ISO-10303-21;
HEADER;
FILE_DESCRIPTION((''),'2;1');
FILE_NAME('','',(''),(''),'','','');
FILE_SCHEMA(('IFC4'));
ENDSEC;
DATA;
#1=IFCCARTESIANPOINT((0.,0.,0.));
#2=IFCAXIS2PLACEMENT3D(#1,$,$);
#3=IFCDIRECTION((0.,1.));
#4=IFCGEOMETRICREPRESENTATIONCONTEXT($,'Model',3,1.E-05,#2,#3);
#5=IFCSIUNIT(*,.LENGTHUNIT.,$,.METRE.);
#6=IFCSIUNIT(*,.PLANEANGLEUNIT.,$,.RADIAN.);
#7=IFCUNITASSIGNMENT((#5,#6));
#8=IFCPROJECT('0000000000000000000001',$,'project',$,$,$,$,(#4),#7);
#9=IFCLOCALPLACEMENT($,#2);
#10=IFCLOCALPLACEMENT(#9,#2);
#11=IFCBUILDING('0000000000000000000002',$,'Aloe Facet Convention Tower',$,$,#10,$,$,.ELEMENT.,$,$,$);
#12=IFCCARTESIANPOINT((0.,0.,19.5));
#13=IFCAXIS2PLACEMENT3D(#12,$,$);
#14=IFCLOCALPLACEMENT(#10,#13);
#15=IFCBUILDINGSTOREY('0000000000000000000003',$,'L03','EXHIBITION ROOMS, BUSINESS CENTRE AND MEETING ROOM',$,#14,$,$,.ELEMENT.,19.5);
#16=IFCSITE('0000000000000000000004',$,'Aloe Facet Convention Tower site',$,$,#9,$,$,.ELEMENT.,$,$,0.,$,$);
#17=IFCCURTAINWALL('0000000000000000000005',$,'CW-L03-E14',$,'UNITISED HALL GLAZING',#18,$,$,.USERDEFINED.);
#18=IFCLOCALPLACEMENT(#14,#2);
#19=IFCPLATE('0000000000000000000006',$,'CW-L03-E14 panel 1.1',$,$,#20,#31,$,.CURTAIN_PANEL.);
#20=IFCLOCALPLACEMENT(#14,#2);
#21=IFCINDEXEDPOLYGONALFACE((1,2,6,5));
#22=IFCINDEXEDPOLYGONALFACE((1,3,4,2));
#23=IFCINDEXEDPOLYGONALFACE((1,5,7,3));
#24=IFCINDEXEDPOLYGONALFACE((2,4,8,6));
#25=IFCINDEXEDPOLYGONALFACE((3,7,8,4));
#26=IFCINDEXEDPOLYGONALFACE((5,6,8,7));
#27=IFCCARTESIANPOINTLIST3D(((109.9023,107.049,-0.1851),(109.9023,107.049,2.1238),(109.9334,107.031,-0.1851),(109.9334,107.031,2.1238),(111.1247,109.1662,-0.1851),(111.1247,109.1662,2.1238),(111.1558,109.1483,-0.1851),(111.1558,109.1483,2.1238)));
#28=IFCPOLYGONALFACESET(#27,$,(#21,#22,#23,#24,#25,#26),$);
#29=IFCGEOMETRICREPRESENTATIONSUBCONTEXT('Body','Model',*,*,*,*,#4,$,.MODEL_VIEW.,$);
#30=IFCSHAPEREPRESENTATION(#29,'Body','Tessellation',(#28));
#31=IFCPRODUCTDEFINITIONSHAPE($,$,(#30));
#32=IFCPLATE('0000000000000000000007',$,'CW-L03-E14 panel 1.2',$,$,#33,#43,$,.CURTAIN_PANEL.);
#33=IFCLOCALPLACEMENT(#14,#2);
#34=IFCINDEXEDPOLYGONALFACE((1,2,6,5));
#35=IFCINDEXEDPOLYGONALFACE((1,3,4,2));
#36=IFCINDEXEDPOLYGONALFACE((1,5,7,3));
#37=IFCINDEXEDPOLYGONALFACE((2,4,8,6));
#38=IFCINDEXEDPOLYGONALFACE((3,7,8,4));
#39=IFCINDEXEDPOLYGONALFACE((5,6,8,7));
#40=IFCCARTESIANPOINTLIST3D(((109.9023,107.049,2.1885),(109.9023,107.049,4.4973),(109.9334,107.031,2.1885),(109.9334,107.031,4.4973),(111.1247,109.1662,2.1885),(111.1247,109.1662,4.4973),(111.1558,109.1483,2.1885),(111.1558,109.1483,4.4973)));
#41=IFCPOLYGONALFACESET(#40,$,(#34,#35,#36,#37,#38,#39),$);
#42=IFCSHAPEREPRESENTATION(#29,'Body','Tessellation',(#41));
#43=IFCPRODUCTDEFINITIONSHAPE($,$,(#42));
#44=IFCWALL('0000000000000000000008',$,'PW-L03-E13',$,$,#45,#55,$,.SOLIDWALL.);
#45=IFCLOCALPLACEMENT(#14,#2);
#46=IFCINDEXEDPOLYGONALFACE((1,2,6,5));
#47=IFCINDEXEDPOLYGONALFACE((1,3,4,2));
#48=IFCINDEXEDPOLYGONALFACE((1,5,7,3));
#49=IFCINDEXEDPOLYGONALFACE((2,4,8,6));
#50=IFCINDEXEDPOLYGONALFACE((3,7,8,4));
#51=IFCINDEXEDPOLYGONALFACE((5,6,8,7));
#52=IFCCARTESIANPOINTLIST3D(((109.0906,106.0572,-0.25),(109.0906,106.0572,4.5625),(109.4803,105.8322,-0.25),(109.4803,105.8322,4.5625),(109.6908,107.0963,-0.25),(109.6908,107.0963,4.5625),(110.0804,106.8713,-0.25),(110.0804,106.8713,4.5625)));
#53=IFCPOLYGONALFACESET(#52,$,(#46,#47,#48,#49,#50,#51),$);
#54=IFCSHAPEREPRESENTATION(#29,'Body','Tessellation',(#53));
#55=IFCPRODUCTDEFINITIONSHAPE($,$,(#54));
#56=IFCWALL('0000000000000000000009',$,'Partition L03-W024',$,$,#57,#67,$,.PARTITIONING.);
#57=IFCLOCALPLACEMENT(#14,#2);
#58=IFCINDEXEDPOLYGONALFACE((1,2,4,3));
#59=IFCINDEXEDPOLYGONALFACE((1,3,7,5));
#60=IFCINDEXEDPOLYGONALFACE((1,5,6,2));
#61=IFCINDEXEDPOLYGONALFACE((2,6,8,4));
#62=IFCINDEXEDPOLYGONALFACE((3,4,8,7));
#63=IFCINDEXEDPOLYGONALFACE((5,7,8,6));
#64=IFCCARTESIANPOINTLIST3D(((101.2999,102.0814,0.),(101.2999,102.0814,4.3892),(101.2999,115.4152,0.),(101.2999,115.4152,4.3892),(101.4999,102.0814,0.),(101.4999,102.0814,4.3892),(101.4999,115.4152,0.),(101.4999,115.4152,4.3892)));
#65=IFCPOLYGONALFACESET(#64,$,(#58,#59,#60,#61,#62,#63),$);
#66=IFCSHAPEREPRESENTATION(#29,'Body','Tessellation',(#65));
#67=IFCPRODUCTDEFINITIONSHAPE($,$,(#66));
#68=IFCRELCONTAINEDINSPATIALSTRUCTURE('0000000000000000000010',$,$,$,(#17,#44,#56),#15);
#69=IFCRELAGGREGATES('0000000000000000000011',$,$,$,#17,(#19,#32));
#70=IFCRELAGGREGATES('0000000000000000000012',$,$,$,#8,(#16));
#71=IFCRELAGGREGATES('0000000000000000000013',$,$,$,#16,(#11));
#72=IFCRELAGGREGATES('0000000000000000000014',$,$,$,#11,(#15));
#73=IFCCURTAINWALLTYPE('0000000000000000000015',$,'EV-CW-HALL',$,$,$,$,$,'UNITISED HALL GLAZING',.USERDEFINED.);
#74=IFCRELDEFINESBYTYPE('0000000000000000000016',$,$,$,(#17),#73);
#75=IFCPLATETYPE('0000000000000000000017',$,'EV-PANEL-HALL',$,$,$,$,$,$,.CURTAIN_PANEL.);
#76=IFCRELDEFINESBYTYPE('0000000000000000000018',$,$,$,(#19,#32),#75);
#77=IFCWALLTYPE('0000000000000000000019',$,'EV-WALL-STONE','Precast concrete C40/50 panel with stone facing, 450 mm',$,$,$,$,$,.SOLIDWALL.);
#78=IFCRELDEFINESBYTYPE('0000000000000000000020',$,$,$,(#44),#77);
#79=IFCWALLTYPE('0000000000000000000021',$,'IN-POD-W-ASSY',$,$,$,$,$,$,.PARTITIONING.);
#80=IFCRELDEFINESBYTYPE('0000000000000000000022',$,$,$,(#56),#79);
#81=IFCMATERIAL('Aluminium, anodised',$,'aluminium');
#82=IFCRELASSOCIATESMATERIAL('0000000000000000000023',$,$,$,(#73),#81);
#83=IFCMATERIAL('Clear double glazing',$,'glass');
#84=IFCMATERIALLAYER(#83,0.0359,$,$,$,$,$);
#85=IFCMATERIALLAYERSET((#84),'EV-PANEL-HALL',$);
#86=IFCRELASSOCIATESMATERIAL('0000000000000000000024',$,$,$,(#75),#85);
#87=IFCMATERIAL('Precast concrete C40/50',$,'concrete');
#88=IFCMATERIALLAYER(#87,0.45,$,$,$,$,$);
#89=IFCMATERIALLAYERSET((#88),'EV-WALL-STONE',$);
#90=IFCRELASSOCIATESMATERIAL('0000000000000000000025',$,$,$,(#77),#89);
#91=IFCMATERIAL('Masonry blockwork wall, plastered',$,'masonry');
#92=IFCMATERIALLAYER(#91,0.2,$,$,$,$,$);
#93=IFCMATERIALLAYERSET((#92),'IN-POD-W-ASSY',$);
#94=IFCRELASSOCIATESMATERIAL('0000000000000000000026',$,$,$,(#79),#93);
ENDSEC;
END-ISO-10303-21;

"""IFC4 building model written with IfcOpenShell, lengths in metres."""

from ifc_helpers import new_model, si_unit, direction, frame, frame_2d, origin, origin_2d, place, context, subcontext, project, spatial, rectangle, extrude, material, layer, layer_set, type_object, element, aggregate, save


model = new_model("IFC4")

# Units and contexts
model_context = context("Model", 3, precision=1e-05, world=origin(), true_north=direction((0.0, 1.0)))
body_context = subcontext(model_context, "Body", "Model", "MODEL_VIEW")
ifc_project = project(units=[si_unit("LENGTHUNIT", "METRE"), si_unit("PLANEANGLEUNIT", "RADIAN")], contexts=[model_context])

# Site, building, storey
site_placement = place(None, origin())
site = spatial("IfcSite", under=ifc_project, at=site_placement, Name="Aloe Facet Convention Tower site", CompositionType="ELEMENT", RefElevation=0.0)
building_placement = place(site_placement, origin())
building = spatial("IfcBuilding", under=site, at=building_placement, Name="Aloe Facet Convention Tower", CompositionType="ELEMENT")
storey_placement = place(building_placement, frame((0.0, 0.0, 19.5)))
storey = spatial("IfcBuildingStorey", under=building, at=storey_placement, Name="L03", Description="EXHIBITION ROOMS, BUSINESS CENTRE AND MEETING ROOM", CompositionType="ELEMENT", Elevation=19.5)

# Curtain wall
ifc_material_1 = material(Name="Aluminium, anodised", Category="aluminium")
curtain_wall_type = type_object("IfcCurtainWallType", Name="EV-CW-HALL", ElementType="UNITISED HALL GLAZING", PredefinedType="USERDEFINED", material=ifc_material_1)
curtain_wall_1_placement = place(storey_placement, origin())
curtain_wall_1 = element("IfcCurtainWall", 1, at=curtain_wall_1_placement, inside=storey, type_object=curtain_wall_type, Name="CW-L03-E14", ObjectType="UNITISED HALL GLAZING", PredefinedType="USERDEFINED")

# Plates
ifc_material_2 = material(Name="Clear double glazing", Category="glass")
ifc_layer_1 = layer(ifc_material_2, 0.0359)
ifc_layer_set_1 = layer_set([ifc_layer_1], Name="EV-PANEL-HALL")
plate_type = type_object("IfcPlateType", Name="EV-PANEL-HALL", PredefinedType="CURTAIN_PANEL", material=ifc_layer_set_1)
plate_1_placement = place(storey_placement, frame((110.5291, 108.0986, -0.1851), z_axis=(0.0, 0.0, 1.0), x_axis=(0.5, 0.866025, 0.0)))
plate_1 = element("IfcPlate", 2, at=plate_1_placement, type_object=plate_type, Name="CW-L03-E14 panel 1.1", PredefinedType="CURTAIN_PANEL", context=body_context, shape_type="SweptSolid", body=[
    extrude(rectangle(XDim=2.4448, YDim=0.0359, at=origin_2d()), origin(), (0.0, 0.0, 1.0), 2.3088),
])
plate_2_placement = place(storey_placement, frame((110.5291, 108.0986, 2.1885), z_axis=(0.0, 0.0, 1.0), x_axis=(0.5, 0.866025, 0.0)))
plate_2 = element("IfcPlate", 3, at=plate_2_placement, type_object=plate_type, Name="CW-L03-E14 panel 1.2", PredefinedType="CURTAIN_PANEL", context=body_context, shape_type="SweptSolid", body=[
    extrude(rectangle(XDim=2.4448, YDim=0.0359, at=origin_2d()), origin(), (0.0, 0.0, 1.0), 2.3088),
])
aggregate(curtain_wall_1, [plate_1, plate_2])

# Walls
ifc_material_3 = material(Name="Precast concrete C40/50", Category="concrete")
ifc_layer_2 = layer(ifc_material_3, 0.45)
ifc_layer_set_2 = layer_set([ifc_layer_2], Name="EV-WALL-STONE")
wall_type_1 = type_object("IfcWallType", Name="EV-WALL-STONE", Description="Precast concrete C40/50 panel with stone facing, 450 mm", PredefinedType="SOLIDWALL", material=ifc_layer_set_2)
wall_1_placement = place(storey_placement, frame((109.2854, 105.9446, -0.25), z_axis=(0.0, 0.0, 1.0), x_axis=(0.500122, 0.865955, 0.0)))
element("IfcWall", 4, at=wall_1_placement, inside=storey, type_object=wall_type_1, Name="PW-L03-E13", PredefinedType="SOLIDWALL", context=body_context, shape_type="SweptSolid", body=[
    extrude(rectangle(XDim=1.2, YDim=0.45, at=frame_2d((0.6001, 0.0))), origin(), (0.0, 0.0, 1.0), 4.8125),
])
ifc_material_4 = material(Name="Masonry blockwork wall, plastered", Category="masonry")
ifc_layer_3 = layer(ifc_material_4, 0.2)
ifc_layer_set_3 = layer_set([ifc_layer_3], Name="IN-POD-W-ASSY")
wall_type_2 = type_object("IfcWallType", Name="IN-POD-W-ASSY", PredefinedType="PARTITIONING", material=ifc_layer_set_3)
wall_2_placement = place(storey_placement, frame((101.3999, 102.0813, 0.0), z_axis=(0.0, 0.0, 1.0), x_axis=(0.0, 1.0, 0.0)))
element("IfcWall", 5, at=wall_2_placement, inside=storey, type_object=wall_type_2, Name="Partition L03-W024", PredefinedType="PARTITIONING", context=body_context, shape_type="SweptSolid", body=[
    extrude(rectangle(XDim=13.3337, YDim=0.2, at=frame_2d((6.667, 0.0))), origin(), (0.0, 0.0, 1.0), 4.3892),
])

save(model, "model.ifc")
